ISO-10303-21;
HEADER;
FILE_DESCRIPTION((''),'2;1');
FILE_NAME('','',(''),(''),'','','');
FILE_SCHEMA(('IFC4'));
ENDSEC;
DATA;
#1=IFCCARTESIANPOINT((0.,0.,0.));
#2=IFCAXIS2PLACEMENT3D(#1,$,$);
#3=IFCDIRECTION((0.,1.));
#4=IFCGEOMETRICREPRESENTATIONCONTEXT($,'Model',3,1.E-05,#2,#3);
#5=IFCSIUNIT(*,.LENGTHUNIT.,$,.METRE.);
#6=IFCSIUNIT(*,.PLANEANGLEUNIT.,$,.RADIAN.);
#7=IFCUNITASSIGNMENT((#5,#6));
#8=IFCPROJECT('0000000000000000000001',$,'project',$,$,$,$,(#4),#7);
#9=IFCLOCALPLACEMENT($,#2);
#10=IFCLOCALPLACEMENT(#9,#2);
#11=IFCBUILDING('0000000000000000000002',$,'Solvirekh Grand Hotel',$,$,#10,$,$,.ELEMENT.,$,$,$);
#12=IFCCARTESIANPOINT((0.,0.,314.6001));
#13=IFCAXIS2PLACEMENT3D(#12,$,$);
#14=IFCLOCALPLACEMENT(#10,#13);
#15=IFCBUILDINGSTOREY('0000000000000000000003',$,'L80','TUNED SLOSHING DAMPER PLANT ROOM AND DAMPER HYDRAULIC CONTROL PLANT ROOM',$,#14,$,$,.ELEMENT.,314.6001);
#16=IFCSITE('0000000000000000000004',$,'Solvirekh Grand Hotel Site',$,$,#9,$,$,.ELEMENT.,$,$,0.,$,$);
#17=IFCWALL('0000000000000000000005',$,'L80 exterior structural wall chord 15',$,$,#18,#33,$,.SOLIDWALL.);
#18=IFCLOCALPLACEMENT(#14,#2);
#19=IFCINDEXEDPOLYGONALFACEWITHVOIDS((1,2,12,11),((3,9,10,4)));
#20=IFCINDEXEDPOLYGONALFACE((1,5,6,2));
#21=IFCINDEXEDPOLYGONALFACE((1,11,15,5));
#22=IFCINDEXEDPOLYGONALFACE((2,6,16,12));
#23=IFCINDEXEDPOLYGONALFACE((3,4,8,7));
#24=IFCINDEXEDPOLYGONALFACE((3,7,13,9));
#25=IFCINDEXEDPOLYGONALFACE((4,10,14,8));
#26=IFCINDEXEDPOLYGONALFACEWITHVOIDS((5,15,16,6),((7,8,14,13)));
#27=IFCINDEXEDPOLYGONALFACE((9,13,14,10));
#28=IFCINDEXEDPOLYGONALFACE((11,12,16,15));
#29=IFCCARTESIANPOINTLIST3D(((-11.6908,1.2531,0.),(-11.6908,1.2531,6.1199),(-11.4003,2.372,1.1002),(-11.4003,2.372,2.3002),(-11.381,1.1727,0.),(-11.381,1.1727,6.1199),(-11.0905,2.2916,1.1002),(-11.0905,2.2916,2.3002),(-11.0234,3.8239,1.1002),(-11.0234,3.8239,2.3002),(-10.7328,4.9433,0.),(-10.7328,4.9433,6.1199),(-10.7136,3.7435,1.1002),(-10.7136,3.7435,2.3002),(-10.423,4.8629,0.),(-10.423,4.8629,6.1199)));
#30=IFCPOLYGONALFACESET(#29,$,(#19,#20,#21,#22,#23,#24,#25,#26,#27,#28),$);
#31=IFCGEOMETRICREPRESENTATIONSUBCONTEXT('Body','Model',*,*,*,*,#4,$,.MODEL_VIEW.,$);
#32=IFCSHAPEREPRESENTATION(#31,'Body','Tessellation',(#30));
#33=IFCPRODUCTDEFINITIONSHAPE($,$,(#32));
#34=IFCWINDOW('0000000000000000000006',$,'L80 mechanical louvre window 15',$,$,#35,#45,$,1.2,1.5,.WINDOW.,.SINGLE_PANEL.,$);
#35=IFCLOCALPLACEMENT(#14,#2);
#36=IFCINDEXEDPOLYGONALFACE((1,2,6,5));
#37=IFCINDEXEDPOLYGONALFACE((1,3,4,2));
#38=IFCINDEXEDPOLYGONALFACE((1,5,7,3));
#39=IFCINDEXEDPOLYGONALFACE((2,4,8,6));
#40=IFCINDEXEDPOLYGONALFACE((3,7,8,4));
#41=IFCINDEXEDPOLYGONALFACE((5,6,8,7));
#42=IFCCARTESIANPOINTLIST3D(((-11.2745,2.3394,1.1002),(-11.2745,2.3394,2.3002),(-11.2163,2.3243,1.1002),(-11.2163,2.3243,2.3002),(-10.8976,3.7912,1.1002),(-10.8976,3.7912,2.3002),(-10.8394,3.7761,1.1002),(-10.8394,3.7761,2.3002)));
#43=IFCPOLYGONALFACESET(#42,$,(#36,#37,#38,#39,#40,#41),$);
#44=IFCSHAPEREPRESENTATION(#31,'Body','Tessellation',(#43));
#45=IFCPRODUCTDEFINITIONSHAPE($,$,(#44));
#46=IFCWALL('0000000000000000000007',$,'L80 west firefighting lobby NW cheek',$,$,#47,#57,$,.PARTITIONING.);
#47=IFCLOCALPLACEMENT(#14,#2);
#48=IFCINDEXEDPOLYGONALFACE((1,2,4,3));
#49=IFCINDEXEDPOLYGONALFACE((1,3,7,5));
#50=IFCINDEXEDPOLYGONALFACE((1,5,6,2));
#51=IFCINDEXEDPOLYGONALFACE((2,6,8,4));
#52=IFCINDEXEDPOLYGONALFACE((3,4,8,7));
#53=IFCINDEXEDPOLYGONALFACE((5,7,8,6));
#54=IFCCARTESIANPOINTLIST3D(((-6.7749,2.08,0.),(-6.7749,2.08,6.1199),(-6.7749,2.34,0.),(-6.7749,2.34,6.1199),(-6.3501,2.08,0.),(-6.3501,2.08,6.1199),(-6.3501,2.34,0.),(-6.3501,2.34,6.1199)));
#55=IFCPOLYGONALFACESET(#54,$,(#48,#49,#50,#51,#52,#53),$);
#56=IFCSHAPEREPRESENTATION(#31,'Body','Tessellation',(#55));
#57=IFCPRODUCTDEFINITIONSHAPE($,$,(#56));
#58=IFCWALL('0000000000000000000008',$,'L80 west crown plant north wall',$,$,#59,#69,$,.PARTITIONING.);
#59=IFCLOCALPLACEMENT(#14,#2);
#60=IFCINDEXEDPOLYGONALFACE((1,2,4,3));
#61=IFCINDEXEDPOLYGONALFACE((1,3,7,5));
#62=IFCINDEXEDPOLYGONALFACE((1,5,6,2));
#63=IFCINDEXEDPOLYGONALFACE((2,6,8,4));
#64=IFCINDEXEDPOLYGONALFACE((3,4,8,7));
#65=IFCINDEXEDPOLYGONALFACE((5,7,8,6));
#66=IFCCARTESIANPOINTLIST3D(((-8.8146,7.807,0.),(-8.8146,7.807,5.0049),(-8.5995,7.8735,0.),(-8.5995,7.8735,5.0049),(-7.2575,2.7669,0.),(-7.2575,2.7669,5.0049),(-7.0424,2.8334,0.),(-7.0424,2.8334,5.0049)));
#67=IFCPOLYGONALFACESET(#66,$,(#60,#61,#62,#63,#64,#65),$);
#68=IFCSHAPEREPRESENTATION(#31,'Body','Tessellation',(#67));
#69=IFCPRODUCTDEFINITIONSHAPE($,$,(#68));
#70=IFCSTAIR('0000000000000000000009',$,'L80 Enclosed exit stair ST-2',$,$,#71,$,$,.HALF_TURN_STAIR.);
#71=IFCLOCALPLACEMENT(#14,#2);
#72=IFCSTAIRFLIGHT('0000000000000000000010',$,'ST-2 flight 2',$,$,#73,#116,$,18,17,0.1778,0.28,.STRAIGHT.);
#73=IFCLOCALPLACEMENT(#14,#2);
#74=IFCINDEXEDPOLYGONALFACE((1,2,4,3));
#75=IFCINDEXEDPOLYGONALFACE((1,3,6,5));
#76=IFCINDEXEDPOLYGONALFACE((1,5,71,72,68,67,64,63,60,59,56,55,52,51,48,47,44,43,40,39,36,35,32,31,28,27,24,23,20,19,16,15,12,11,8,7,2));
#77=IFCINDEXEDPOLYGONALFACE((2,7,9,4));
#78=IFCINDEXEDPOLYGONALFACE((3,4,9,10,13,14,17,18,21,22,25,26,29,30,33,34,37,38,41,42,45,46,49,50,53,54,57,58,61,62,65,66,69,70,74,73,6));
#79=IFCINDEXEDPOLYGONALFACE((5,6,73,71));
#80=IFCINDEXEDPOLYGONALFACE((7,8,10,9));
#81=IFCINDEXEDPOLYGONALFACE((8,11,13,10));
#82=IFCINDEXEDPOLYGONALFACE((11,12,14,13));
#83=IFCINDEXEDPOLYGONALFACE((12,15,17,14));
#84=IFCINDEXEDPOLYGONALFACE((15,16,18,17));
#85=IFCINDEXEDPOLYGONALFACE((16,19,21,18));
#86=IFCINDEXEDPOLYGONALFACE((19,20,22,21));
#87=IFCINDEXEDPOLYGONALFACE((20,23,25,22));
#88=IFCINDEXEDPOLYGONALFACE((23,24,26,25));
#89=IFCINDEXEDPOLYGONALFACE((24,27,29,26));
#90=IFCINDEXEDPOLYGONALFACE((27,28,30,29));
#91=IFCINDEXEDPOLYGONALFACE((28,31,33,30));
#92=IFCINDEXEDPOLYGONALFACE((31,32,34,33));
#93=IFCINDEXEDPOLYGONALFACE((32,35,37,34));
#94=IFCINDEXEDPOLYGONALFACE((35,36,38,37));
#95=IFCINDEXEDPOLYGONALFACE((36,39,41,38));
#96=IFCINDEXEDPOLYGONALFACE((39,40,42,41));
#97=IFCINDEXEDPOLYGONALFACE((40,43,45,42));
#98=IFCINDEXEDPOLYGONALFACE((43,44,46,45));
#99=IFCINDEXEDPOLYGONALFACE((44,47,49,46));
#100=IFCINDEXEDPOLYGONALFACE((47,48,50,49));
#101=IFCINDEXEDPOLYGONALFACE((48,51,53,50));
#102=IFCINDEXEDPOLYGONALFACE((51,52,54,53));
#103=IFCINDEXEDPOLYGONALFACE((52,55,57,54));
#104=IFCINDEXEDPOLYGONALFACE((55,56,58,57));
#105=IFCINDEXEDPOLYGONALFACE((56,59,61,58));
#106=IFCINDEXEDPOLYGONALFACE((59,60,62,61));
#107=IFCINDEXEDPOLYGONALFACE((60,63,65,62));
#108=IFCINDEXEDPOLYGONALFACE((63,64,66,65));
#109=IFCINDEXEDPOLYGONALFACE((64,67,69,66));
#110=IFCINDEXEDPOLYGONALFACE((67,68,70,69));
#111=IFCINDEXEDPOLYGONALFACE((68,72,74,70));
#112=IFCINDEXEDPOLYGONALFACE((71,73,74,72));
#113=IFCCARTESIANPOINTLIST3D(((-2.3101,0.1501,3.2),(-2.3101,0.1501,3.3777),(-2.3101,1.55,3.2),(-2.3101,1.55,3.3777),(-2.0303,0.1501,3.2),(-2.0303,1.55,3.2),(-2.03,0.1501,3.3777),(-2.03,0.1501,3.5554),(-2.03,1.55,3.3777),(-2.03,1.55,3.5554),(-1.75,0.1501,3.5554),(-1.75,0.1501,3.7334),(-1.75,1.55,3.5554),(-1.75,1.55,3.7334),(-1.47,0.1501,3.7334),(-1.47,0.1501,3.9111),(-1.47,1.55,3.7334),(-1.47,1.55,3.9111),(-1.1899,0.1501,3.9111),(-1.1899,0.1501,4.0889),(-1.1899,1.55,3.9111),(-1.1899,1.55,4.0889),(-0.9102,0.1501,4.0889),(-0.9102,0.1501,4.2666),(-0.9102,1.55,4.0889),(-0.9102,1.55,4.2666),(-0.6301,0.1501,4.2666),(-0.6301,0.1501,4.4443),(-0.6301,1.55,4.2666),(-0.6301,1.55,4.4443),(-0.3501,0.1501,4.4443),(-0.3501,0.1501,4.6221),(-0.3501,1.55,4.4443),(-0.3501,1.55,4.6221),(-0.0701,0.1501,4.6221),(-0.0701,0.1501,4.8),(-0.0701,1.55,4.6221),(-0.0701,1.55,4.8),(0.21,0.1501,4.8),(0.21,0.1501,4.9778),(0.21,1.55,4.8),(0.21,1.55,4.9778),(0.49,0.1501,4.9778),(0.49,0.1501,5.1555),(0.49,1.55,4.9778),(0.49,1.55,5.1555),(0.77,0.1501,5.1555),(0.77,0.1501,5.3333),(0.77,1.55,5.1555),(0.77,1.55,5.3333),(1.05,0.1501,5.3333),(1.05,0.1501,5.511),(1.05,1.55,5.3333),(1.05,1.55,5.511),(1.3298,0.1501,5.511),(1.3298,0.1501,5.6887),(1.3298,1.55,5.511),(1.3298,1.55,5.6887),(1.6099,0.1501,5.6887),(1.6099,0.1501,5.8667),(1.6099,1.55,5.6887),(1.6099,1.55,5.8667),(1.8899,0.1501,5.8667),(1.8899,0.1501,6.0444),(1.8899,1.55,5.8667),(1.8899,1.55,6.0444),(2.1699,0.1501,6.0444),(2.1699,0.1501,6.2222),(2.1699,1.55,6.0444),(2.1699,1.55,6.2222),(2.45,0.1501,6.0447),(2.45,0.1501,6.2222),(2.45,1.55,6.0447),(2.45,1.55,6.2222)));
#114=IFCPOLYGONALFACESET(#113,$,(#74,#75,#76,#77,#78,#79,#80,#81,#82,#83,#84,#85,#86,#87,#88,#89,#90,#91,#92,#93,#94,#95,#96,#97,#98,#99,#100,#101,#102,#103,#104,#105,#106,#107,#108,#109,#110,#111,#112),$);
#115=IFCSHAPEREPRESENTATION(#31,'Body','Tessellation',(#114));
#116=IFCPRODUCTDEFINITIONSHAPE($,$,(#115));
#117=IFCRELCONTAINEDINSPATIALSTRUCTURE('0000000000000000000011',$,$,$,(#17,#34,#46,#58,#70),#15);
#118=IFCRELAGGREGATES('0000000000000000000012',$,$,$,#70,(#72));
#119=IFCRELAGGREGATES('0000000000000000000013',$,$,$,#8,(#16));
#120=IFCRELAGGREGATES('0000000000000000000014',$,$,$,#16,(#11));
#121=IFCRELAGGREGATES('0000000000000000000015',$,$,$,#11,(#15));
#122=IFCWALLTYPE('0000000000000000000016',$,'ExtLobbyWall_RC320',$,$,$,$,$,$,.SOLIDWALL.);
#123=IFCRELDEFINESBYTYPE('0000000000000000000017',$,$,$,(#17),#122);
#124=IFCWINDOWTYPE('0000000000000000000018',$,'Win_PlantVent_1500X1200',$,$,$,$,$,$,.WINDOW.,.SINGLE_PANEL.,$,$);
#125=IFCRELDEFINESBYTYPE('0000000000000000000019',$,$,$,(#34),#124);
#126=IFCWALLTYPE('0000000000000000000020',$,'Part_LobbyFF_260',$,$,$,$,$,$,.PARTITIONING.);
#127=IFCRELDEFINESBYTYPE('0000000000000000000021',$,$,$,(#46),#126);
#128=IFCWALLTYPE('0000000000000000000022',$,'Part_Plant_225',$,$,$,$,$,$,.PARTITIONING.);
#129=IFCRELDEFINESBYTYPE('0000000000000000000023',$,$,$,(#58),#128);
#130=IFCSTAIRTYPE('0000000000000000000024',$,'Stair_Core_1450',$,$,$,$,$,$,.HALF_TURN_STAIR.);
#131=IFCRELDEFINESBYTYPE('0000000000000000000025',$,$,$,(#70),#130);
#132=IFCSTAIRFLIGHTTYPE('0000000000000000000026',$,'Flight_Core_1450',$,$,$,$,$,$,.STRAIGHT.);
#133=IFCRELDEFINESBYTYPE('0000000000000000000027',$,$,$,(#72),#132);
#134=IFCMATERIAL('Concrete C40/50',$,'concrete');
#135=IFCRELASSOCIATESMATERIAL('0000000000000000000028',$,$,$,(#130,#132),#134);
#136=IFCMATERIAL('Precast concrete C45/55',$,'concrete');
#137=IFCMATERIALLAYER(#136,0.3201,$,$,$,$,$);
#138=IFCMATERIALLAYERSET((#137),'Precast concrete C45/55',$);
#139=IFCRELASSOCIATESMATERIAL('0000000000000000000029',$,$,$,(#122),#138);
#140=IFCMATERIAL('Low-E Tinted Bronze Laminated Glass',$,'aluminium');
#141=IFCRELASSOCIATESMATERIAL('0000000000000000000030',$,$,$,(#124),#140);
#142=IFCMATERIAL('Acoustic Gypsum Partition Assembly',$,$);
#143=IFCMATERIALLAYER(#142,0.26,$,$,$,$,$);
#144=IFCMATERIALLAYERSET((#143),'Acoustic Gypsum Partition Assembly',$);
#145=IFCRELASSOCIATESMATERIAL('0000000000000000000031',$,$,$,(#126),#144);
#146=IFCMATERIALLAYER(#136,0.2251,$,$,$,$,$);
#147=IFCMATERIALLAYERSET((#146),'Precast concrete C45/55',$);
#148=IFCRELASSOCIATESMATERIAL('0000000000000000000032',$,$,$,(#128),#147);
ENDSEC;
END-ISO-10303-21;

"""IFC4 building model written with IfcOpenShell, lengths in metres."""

from ifc_helpers import new_model, si_unit, direction, frame, frame_2d, origin, place, context, subcontext, project, spatial, polyline, rectangle, outline, extrude, material, layer, layer_set, type_object, element, fill, aggregate, save


model = new_model("IFC4")

# Units and contexts
model_context = context("Model", 3, precision=1e-05, world=origin(), true_north=direction((0.0, 1.0)))
body_context = subcontext(model_context, "Body", "Model", "MODEL_VIEW")
ifc_project = project(units=[si_unit("LENGTHUNIT", "METRE"), si_unit("PLANEANGLEUNIT", "RADIAN")], contexts=[model_context])

# Site, building, storey
site_placement = place(None, origin())
site = spatial("IfcSite", under=ifc_project, at=site_placement, Name="Solvirekh Grand Hotel Site", CompositionType="ELEMENT", RefElevation=0.0)
building_placement = place(site_placement, origin())
building = spatial("IfcBuilding", under=site, at=building_placement, Name="Solvirekh Grand Hotel", CompositionType="ELEMENT")
storey_placement = place(building_placement, frame((0.0, 0.0, 314.6001)))
storey = spatial("IfcBuildingStorey", under=building, at=storey_placement, Name="L80", Description="TUNED SLOSHING DAMPER PLANT ROOM AND DAMPER HYDRAULIC CONTROL PLANT ROOM", CompositionType="ELEMENT", Elevation=314.6001)

# Shared definitions
ifc_material_1 = material(Name="Concrete C40/50", Category="concrete")
stair_type = type_object("IfcStairType", Name="Stair_Core_1450", PredefinedType="HALF_TURN_STAIR", material=ifc_material_1)

# Wall, opening, window
ifc_material_2 = material(Name="Precast concrete C45/55", Category="concrete")
ifc_layer_1 = layer(ifc_material_2, 0.3201)
ifc_layer_set_1 = layer_set([ifc_layer_1], Name="Precast concrete C45/55")
wall_type_1 = type_object("IfcWallType", Name="ExtLobbyWall_RC320", PredefinedType="SOLIDWALL", material=ifc_layer_set_1)
wall_1_placement = place(storey_placement, frame((-11.5359, 1.2129, 0.0), z_axis=(0.0, 0.0, 1.0), x_axis=(0.25128, 0.967914, 0.0)))
wall_1 = element("IfcWall", 1, at=wall_1_placement, inside=storey, type_object=wall_type_1, Name="L80 exterior structural wall chord 15", PredefinedType="SOLIDWALL", context=body_context, shape_type="SweptSolid", body=[
    extrude(rectangle(XDim=3.8125, YDim=0.3201, at=frame_2d((1.9062, 0.0))), origin(), (0.0, 0.0, 1.0), 6.1199),
])
opening_1_placement = place(wall_1_placement, frame((1.156, 0.0, 1.1001)))
opening_1 = element("IfcOpeningElement", 2, at=opening_1_placement, cuts=wall_1, PredefinedType="OPENING", context=body_context, shape_type="SweptSolid", body=[
    extrude(rectangle(XDim=1.5, YDim=1.2, at=frame_2d((0.75, 0.6001))), frame((0.0, 0.1699, 0.0), z_axis=(0.0, -1.0, 0.0), x_axis=(1.0, 0.0, 0.0)), (0.0, 0.0, 1.0), 0.3401),
])
ifc_material_3 = material(Name="Low-E Tinted Bronze Laminated Glass", Category="aluminium")
window_type = type_object("IfcWindowType", Name="Win_PlantVent_1500X1200", PartitioningType="SINGLE_PANEL", PredefinedType="WINDOW", material=ifc_material_3)
window_placement = place(opening_1_placement, origin())
window = element("IfcWindow", 3, at=window_placement, inside=storey, type_object=window_type, Name="L80 mechanical louvre window 15", OverallHeight=1.2, OverallWidth=1.5, PartitioningType="SINGLE_PANEL", PredefinedType="WINDOW", context=body_context, shape_type="SweptSolid", body=[
    extrude(rectangle(XDim=1.5, YDim=1.2, at=frame_2d((0.75, 0.6001))), frame((0.0, 0.03, 0.0), z_axis=(0.0, -1.0, 0.0), x_axis=(1.0, 0.0, 0.0)), (0.0, 0.0, 1.0), 0.0601),
])
fill(opening_1, window)

# Walls
ifc_material_4 = material(Name="Acoustic Gypsum Partition Assembly")
ifc_layer_2 = layer(ifc_material_4, 0.26)
ifc_layer_set_2 = layer_set([ifc_layer_2], Name="Acoustic Gypsum Partition Assembly")
wall_type_2 = type_object("IfcWallType", Name="Part_LobbyFF_260", PredefinedType="PARTITIONING", material=ifc_layer_set_2)
wall_2_placement = place(storey_placement, frame((-6.7749, 2.21, 0.0), z_axis=(0.0, 0.0, 1.0), x_axis=(1.0, 0.0, 0.0)))
element("IfcWall", 4, at=wall_2_placement, inside=storey, type_object=wall_type_2, Name="L80 west firefighting lobby NW cheek", PredefinedType="PARTITIONING", context=body_context, shape_type="SweptSolid", body=[
    extrude(rectangle(XDim=0.4248, YDim=0.26, at=frame_2d((0.2124, 0.0))), origin(), (0.0, 0.0, 1.0), 6.1199),
])
ifc_layer_3 = layer(ifc_material_2, 0.2251)
ifc_layer_set_3 = layer_set([ifc_layer_3], Name="Precast concrete C45/55")
wall_type_3 = type_object("IfcWallType", Name="Part_Plant_225", PredefinedType="PARTITIONING", material=ifc_layer_set_3)
wall_3_placement = place(storey_placement, frame((-7.1499, 2.8, 0.0), z_axis=(0.0, 0.0, 1.0), x_axis=(-0.295185, 0.95544, 0.0)))
element("IfcWall", 5, at=wall_3_placement, inside=storey, type_object=wall_type_3, Name="L80 west crown plant north wall", PredefinedType="PARTITIONING", context=body_context, shape_type="SweptSolid", body=[
    extrude(rectangle(XDim=5.2751, YDim=0.2251, at=frame_2d((2.6377, 0.0))), origin(), (0.0, 0.0, 1.0), 5.0049),
])

# Stair, stair flight
stair_1_placement = place(storey_placement, origin())
stair_1 = element("IfcStair", 6, at=stair_1_placement, inside=storey, type_object=stair_type, Name="L80 Enclosed exit stair ST-2", PredefinedType="HALF_TURN_STAIR")
stair_flight_type = type_object("IfcStairFlightType", Name="Flight_Core_1450", PredefinedType="STRAIGHT", material=ifc_material_1)
stair_flight_placement = place(storey_placement, frame((-2.3101, 0.8501, 3.2), z_axis=(0.0, 0.0, 1.0), x_axis=(1.0, 0.0, 0.0)))
stair_flight = element("IfcStairFlight", 7, at=stair_flight_placement, type_object=stair_flight_type, Name="ST-2 flight 2", NumberOfRisers=18, NumberOfTreads=17, PredefinedType="STRAIGHT", RiserHeight=0.1778, TreadLength=0.28, context=body_context, shape_type="SweptSolid", body=[
    extrude(outline(polyline([(0.0, 0.0), (0.0, 0.1777), (0.28, 0.1777), (0.28, 0.3555), (0.5601, 0.3555), (0.5601, 0.5334), (0.8401, 0.5334), (0.8401, 0.7112), (1.1201, 0.7112), (1.1201, 0.8889), (1.3999, 0.8889), (1.3999, 1.0667), (1.6799, 1.0667), (1.6799, 1.2444), (1.96, 1.2444), (1.96, 1.4221), (2.24, 1.4221), (2.24, 1.6001), (2.52, 1.6001), (2.52, 1.7778), (2.8, 1.7778), (2.8, 1.9556), (3.0801, 1.9556), (3.0801, 2.1333), (3.3601, 2.1333), (3.3601, 2.311), (3.6399, 2.311), (3.6399, 2.4888), (3.9199, 2.4888), (3.9199, 2.6667), (4.2, 2.6667), (4.2, 2.8445), (4.48, 2.8445), (4.48, 3.0222), (4.76, 3.0222), (4.76, 3.2), (4.76, 2.8447), (0.2798, 0.0), (0.0, 0.0)])), frame((0.0, 0.7, 0.0), z_axis=(0.0, -1.0, 0.0), x_axis=(1.0, 0.0, 0.0)), (0.0, 0.0, 1.0), 1.3999),
])
aggregate(stair_1, [stair_flight])

save(model, "model.ifc")
